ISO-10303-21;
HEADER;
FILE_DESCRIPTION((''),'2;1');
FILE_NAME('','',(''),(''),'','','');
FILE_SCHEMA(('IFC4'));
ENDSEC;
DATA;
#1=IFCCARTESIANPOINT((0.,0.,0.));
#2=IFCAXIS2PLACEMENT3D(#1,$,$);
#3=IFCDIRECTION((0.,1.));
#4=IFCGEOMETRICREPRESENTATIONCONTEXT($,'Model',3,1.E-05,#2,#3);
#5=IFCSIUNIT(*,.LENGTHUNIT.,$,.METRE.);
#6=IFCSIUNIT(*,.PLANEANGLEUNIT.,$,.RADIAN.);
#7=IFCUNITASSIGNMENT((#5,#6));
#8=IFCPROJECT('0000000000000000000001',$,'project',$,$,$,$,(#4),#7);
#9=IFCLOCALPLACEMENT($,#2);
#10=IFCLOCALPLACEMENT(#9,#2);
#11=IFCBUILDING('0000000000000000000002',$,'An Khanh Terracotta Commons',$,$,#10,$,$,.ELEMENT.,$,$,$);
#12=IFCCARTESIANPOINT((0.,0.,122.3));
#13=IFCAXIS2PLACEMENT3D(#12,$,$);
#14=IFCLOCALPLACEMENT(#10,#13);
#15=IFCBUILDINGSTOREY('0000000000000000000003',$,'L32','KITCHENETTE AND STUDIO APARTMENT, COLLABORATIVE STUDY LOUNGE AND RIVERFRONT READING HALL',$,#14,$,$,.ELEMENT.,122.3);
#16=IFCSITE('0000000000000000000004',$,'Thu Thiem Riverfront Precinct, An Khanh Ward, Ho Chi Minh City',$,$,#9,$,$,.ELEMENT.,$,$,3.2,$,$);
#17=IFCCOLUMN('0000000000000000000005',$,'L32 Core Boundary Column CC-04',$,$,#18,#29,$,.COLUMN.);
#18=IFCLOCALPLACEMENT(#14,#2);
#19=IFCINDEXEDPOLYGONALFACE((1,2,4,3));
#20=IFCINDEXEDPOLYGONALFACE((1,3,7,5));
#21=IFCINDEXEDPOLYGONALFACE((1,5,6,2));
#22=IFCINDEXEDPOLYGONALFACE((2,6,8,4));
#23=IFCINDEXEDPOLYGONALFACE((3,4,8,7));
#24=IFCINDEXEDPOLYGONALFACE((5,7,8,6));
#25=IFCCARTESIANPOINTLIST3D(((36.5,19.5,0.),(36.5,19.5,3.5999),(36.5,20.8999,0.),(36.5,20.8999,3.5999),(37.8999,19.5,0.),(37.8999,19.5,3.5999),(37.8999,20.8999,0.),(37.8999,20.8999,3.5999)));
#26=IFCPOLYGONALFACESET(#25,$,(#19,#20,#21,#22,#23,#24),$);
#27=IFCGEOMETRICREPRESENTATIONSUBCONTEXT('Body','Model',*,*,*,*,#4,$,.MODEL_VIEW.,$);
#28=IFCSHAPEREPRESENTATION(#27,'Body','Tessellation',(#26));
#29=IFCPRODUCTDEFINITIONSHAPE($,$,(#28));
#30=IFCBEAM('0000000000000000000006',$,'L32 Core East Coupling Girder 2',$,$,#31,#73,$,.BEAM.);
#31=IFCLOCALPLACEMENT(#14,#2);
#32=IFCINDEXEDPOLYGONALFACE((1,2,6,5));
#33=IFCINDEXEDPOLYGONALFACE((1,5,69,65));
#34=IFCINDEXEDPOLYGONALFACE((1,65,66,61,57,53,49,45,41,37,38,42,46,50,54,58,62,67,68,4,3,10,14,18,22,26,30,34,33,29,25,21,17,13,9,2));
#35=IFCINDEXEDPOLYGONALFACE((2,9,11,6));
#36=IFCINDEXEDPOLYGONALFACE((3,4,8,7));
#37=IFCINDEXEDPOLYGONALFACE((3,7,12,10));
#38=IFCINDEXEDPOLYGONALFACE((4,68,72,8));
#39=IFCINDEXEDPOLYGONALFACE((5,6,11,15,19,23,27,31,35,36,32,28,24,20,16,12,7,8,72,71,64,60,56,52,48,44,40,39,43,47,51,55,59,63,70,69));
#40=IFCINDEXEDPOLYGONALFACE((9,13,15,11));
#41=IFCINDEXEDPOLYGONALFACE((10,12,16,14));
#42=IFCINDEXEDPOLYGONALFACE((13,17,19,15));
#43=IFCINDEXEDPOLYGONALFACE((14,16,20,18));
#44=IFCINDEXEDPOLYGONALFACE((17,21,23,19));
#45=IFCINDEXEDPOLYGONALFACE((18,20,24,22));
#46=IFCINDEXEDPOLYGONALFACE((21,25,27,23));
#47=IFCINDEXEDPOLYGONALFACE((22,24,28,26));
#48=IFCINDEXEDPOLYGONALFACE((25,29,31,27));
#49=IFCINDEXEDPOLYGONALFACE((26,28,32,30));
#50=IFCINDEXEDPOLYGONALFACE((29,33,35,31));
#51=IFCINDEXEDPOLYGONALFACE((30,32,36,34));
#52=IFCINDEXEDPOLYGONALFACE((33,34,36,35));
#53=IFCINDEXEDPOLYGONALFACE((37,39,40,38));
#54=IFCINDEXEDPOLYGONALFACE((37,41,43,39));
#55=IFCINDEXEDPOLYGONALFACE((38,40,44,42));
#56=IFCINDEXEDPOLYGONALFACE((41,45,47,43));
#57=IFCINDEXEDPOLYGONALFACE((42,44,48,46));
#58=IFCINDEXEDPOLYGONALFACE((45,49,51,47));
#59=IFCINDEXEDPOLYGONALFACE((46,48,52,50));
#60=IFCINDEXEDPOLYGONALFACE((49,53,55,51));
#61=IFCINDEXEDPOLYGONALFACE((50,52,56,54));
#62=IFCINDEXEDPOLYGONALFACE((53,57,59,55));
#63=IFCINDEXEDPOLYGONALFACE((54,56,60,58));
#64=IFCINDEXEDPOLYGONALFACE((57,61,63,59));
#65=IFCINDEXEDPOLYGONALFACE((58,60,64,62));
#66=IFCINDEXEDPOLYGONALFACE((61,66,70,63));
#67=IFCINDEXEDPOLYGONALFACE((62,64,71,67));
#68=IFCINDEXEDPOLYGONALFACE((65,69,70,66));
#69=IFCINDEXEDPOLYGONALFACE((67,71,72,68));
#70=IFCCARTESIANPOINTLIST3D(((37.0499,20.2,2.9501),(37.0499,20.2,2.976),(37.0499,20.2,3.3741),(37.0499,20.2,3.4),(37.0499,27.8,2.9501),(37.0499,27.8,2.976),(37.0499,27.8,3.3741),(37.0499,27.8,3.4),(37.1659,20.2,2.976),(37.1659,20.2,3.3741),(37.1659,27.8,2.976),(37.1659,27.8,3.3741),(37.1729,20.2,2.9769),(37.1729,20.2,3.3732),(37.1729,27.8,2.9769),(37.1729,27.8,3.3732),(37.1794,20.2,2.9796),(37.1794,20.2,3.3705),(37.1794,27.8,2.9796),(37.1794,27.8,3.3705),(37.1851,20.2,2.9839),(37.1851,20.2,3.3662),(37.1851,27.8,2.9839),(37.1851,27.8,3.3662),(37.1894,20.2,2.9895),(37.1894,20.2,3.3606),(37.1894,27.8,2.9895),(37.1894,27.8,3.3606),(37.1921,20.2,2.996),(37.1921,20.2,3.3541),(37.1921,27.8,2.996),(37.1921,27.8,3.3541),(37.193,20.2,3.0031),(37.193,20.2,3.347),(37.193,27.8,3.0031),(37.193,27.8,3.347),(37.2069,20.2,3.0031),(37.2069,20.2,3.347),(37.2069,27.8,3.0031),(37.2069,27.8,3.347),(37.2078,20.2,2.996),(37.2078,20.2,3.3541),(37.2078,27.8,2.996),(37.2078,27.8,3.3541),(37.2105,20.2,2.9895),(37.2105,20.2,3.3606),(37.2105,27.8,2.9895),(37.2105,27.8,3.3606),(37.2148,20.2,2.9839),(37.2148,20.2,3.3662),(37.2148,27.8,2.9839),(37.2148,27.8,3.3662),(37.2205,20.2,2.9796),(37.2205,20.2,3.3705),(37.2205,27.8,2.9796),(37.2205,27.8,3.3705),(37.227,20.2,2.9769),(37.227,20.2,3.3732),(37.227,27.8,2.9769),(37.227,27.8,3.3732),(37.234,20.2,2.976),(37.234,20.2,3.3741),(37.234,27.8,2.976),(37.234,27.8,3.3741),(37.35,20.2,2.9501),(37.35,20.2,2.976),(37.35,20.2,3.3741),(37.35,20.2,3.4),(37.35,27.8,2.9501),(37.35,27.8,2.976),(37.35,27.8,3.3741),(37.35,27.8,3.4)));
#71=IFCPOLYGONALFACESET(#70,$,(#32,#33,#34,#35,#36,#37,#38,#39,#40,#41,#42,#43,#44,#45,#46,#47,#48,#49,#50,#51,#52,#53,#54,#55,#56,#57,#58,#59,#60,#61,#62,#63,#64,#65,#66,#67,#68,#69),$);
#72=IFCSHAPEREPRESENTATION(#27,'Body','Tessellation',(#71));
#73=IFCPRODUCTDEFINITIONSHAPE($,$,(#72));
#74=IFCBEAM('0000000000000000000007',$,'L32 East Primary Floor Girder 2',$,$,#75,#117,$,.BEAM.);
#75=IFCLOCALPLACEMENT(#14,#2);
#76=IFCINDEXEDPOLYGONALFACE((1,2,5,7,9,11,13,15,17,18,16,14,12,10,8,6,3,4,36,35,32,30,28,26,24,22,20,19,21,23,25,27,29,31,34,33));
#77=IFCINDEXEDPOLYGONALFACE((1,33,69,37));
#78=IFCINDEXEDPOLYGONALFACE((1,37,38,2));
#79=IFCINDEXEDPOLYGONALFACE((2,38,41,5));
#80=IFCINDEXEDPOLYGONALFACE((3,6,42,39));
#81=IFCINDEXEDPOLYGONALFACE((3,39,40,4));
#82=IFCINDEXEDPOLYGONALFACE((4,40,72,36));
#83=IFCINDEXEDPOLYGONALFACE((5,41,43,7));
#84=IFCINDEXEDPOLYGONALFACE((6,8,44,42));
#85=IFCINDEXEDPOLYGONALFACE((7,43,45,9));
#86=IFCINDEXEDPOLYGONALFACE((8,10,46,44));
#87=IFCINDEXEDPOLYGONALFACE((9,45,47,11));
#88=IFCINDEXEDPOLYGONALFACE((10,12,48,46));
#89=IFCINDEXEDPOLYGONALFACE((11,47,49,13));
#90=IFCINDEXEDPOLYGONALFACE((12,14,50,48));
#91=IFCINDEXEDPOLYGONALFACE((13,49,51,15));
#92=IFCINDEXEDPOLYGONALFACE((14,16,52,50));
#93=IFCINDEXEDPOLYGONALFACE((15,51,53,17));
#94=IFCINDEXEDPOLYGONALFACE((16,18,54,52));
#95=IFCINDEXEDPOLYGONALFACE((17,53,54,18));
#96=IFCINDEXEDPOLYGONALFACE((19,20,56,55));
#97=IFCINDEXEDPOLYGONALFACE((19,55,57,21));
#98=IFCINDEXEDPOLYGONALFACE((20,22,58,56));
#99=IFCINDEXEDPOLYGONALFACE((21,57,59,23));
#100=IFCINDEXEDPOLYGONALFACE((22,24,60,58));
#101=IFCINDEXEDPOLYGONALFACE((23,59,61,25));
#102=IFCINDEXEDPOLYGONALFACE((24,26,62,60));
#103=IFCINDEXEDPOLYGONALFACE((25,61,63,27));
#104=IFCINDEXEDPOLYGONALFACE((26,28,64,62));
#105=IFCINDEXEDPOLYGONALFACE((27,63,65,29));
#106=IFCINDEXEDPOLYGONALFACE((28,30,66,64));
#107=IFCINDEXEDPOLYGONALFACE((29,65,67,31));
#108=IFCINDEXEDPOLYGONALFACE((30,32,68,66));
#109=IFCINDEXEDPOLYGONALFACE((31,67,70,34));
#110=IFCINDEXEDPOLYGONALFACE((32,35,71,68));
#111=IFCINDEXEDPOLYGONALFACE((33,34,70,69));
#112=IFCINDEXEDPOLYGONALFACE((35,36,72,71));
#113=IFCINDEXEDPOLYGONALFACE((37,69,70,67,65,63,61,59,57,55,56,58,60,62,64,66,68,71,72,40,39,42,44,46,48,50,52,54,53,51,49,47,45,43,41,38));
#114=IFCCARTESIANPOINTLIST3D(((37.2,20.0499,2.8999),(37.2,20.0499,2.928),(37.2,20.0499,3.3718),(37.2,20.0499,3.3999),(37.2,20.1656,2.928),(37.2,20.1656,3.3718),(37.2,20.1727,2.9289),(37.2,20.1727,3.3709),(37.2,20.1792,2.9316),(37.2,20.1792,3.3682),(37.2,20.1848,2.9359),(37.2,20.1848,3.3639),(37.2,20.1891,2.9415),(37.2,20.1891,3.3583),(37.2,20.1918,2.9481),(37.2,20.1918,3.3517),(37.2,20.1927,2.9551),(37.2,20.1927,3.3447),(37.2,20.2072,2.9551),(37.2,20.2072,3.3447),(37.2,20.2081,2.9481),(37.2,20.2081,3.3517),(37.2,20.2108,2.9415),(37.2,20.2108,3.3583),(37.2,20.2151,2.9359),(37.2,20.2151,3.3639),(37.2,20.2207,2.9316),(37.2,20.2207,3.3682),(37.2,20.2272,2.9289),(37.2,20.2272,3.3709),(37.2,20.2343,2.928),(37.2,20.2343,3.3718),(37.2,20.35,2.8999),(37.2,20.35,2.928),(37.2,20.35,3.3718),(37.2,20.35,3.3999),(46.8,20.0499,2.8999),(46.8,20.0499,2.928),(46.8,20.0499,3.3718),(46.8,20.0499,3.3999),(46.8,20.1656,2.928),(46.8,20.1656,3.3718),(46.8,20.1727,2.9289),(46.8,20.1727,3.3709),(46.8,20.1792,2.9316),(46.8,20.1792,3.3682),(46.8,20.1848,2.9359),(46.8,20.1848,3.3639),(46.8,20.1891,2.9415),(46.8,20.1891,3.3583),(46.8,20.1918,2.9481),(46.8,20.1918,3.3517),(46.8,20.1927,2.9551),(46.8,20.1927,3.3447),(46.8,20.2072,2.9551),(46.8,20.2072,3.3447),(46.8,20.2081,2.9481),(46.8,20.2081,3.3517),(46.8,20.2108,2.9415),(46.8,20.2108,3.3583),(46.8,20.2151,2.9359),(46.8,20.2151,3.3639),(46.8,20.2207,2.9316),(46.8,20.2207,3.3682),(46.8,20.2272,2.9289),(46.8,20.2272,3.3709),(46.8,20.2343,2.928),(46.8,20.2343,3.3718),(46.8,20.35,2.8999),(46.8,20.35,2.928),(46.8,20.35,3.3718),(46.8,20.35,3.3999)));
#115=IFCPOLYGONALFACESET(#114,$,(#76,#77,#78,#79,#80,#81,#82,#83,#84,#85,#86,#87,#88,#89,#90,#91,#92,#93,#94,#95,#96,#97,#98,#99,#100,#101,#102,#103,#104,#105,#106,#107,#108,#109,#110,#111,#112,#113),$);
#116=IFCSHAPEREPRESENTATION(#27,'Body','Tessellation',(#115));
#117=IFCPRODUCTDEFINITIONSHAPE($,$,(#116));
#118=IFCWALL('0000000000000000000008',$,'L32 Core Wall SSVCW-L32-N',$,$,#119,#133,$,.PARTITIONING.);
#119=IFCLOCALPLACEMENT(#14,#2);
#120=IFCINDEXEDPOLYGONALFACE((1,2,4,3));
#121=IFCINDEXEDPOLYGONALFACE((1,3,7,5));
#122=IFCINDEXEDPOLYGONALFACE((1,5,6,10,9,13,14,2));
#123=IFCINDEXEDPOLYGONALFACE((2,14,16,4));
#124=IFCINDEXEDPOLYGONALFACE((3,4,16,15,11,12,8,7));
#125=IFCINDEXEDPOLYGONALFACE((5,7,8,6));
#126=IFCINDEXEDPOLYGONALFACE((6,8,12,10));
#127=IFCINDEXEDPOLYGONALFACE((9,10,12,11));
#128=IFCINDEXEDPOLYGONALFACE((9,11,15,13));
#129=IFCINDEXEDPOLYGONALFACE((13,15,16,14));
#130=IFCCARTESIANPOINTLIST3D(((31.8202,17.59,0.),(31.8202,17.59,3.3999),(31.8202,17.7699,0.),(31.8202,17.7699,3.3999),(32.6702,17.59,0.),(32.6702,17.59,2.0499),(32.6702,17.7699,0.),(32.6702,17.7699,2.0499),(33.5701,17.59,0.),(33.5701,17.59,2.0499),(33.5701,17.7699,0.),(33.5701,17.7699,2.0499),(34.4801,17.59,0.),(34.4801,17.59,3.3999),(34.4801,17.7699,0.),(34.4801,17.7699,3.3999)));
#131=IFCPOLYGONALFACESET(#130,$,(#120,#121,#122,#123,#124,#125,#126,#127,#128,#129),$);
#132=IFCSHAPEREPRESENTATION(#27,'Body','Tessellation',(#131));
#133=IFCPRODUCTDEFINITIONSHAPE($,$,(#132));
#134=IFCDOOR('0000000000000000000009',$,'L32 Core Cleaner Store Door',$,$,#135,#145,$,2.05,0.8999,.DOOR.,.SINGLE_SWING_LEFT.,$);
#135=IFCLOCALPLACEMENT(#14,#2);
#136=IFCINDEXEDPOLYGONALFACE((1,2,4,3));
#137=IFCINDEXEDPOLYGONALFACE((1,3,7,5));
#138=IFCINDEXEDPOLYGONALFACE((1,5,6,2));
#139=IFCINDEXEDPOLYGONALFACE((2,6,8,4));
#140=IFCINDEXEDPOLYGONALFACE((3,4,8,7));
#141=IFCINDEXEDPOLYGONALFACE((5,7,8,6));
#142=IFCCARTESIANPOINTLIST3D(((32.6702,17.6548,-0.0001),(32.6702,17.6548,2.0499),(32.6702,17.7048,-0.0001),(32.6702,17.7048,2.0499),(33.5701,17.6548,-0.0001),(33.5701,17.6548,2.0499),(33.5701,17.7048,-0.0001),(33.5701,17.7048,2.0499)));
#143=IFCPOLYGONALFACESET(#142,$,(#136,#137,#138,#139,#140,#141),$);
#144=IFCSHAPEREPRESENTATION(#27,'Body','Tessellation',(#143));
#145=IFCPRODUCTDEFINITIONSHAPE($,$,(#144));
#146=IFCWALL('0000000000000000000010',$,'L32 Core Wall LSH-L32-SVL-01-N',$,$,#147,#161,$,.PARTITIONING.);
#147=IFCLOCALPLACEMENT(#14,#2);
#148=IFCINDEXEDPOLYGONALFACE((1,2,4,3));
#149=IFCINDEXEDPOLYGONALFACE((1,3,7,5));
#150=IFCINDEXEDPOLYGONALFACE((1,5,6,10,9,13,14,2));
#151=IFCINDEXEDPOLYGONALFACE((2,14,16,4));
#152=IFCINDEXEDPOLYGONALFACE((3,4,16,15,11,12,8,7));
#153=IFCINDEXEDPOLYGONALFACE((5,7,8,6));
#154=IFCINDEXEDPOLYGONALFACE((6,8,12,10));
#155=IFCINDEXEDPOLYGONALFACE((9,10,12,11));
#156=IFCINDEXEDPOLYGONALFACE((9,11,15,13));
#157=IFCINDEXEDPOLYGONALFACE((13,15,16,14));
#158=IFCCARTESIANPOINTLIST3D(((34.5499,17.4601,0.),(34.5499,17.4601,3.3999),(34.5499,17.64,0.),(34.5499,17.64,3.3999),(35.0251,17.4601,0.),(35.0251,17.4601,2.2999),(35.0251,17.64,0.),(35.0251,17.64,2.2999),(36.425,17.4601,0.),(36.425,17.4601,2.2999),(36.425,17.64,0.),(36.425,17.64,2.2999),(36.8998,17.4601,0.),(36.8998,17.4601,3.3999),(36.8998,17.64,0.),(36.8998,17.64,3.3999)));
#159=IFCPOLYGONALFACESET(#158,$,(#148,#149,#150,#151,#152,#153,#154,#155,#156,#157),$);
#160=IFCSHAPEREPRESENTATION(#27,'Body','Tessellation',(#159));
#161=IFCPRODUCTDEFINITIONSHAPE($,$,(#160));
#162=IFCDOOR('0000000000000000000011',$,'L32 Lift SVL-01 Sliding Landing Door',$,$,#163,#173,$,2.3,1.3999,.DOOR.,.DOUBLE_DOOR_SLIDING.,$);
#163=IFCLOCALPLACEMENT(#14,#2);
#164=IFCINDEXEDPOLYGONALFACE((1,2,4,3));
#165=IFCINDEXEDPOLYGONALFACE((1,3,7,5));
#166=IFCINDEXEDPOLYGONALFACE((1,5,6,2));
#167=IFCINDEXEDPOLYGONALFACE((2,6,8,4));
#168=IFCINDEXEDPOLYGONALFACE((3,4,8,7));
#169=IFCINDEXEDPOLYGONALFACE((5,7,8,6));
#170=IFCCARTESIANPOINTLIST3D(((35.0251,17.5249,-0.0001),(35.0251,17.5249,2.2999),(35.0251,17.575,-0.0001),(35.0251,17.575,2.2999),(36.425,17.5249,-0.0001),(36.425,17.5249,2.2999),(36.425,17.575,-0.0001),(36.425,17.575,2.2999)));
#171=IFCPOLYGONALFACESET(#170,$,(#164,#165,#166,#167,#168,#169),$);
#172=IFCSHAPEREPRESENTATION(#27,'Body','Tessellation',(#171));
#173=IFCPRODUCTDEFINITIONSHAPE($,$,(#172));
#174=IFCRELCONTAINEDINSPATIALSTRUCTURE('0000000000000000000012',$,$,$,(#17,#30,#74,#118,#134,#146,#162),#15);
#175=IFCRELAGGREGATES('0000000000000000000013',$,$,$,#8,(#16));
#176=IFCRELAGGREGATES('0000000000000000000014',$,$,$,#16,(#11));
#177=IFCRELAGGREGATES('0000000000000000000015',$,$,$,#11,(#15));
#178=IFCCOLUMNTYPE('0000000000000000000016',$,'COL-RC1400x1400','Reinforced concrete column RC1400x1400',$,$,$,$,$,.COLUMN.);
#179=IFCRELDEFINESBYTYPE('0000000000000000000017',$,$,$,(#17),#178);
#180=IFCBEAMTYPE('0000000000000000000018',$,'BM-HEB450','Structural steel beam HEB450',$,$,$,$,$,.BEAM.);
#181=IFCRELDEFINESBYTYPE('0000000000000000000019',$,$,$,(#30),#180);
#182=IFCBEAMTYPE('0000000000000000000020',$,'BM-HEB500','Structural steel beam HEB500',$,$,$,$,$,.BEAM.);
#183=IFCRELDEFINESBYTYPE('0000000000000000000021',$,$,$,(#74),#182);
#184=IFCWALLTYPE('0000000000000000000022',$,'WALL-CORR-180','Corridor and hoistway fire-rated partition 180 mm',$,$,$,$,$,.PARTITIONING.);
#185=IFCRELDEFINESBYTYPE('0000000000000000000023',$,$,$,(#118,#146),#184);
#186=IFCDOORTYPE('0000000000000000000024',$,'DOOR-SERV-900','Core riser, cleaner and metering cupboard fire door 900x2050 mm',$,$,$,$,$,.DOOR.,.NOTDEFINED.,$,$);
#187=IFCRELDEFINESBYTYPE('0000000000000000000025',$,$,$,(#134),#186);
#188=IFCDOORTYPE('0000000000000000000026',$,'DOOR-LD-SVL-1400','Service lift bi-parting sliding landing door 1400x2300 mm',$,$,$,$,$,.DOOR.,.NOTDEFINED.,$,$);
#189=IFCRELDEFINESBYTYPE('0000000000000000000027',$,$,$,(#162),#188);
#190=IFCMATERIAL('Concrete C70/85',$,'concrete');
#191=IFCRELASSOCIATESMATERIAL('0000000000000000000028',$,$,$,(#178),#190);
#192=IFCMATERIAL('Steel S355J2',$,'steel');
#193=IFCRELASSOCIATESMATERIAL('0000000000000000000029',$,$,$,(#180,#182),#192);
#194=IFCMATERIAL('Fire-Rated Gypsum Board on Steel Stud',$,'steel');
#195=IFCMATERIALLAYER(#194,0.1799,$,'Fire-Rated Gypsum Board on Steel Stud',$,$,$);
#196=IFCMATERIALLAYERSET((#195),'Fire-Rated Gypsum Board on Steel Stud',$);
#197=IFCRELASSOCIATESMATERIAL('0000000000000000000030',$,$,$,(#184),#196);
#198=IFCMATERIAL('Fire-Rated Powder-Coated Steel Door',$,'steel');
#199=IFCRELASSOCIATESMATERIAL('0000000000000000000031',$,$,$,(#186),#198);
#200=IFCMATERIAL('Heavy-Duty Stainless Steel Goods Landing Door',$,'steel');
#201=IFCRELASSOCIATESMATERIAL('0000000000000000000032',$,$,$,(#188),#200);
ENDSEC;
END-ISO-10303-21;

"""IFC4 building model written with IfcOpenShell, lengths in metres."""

from ifc_helpers import new_model, si_unit, direction, frame, frame_2d, origin, origin_2d, place, context, subcontext, project, spatial, rectangle, i_section, extrude, material, layer, layer_set, material_profile, profile_set, type_object, element, fill, save


model = new_model("IFC4")

# Units and contexts
model_context = context("Model", 3, precision=1e-05, world=origin(), true_north=direction((0.0, 1.0)))
body_context = subcontext(model_context, "Body", "Model", "MODEL_VIEW")
ifc_project = project(units=[si_unit("LENGTHUNIT", "METRE"), si_unit("PLANEANGLEUNIT", "RADIAN")], contexts=[model_context])

# Site, building, storey
site_placement = place(None, origin())
site = spatial("IfcSite", under=ifc_project, at=site_placement, Name="Thu Thiem Riverfront Precinct, An Khanh Ward, Ho Chi Minh City", CompositionType="ELEMENT", RefElevation=3.2)
building_placement = place(site_placement, origin())
building = spatial("IfcBuilding", under=site, at=building_placement, Name="An Khanh Terracotta Commons", CompositionType="ELEMENT")
storey_placement = place(building_placement, frame((0.0, 0.0, 122.3)))
storey = spatial("IfcBuildingStorey", under=building, at=storey_placement, Name="L32", Description="KITCHENETTE AND STUDIO APARTMENT, COLLABORATIVE STUDY LOUNGE AND RIVERFRONT READING HALL", CompositionType="ELEMENT", Elevation=122.3)

# Column
ifc_material_1 = material(Name="Concrete C70/85", Category="concrete")
ifc_material_profile_1 = material_profile(ifc_material_1, rectangle(XDim=1.3999, YDim=1.3999, at=origin_2d()), Name="RC1400x1400")
ifc_profile_set_1 = profile_set([ifc_material_profile_1], Name="Concrete C70/85")
column_type = type_object("IfcColumnType", Name="COL-RC1400x1400", Description="Reinforced concrete column RC1400x1400", PredefinedType="COLUMN", material=ifc_profile_set_1)
column_placement = place(storey_placement, frame((37.2, 20.2, 0.0), z_axis=(0.0, 0.0, 1.0), x_axis=(1.0, 0.0, 0.0)))
element("IfcColumn", 1, at=column_placement, inside=storey, type_object=column_type, Name="L32 Core Boundary Column CC-04", PredefinedType="COLUMN", context=body_context, shape_type="SweptSolid", body=[
    extrude(rectangle(XDim=1.3999, YDim=1.3999, at=origin_2d()), origin(), (0.0, 0.0, 1.0), 3.5999),
])

# Beams
ifc_material_2 = material(Name="Steel S355J2", Category="steel")
ifc_material_profile_2 = material_profile(ifc_material_2, i_section(OverallWidth=0.3, OverallDepth=0.45, WebThickness=0.0139, FlangeThickness=0.0259, FilletRadius=0.0271, at=origin_2d()), Name="HEB450")
ifc_profile_set_2 = profile_set([ifc_material_profile_2], Name="Steel S355J2")
beam_type_1 = type_object("IfcBeamType", Name="BM-HEB450", Description="Structural steel beam HEB450", PredefinedType="BEAM", material=ifc_profile_set_2)
beam_1_placement = place(storey_placement, frame((37.2, 20.2, 3.175), z_axis=(0.0, 1.0, 0.0), x_axis=(-1.0, 0.0, 0.0)))
element("IfcBeam", 2, at=beam_1_placement, inside=storey, type_object=beam_type_1, Name="L32 Core East Coupling Girder 2", PredefinedType="BEAM", context=body_context, shape_type="SweptSolid", body=[
    extrude(i_section(OverallWidth=0.3, OverallDepth=0.45, WebThickness=0.0139, FlangeThickness=0.0259, FilletRadius=0.0271, at=origin_2d()), origin(), (0.0, 0.0, 1.0), 7.6001),
])
ifc_material_profile_3 = material_profile(ifc_material_2, i_section(OverallWidth=0.3, OverallDepth=0.5, WebThickness=0.0144, FlangeThickness=0.0281, FilletRadius=0.0271, at=origin_2d()), Name="HEB500")
ifc_profile_set_3 = profile_set([ifc_material_profile_3], Name="Steel S355J2")
beam_type_2 = type_object("IfcBeamType", Name="BM-HEB500", Description="Structural steel beam HEB500", PredefinedType="BEAM", material=ifc_profile_set_3)
beam_2_placement = place(storey_placement, frame((37.2, 20.2, 3.1499), z_axis=(1.0, 0.0, 0.0), x_axis=(0.0, 1.0, 0.0)))
element("IfcBeam", 3, at=beam_2_placement, inside=storey, type_object=beam_type_2, Name="L32 East Primary Floor Girder 2", PredefinedType="BEAM", context=body_context, shape_type="SweptSolid", body=[
    extrude(i_section(OverallWidth=0.3, OverallDepth=0.5, WebThickness=0.0144, FlangeThickness=0.0281, FilletRadius=0.0271, at=origin_2d()), origin(), (0.0, 0.0, 1.0), 9.6001),
])

# Walls, openings, doors
ifc_material_3 = material(Name="Fire-Rated Gypsum Board on Steel Stud", Category="steel")
ifc_layer = layer(ifc_material_3, 0.1799, Name="Fire-Rated Gypsum Board on Steel Stud")
ifc_layer_set = layer_set([ifc_layer], Name="Fire-Rated Gypsum Board on Steel Stud")
wall_type = type_object("IfcWallType", Name="WALL-CORR-180", Description="Corridor and hoistway fire-rated partition 180 mm", PredefinedType="PARTITIONING", material=ifc_layer_set)
wall_1_placement = place(storey_placement, frame((31.8201, 17.6799, 0.0), z_axis=(0.0, 0.0, 1.0), x_axis=(1.0, 0.0, 0.0)))
wall_1 = element("IfcWall", 4, at=wall_1_placement, inside=storey, type_object=wall_type, Name="L32 Core Wall SSVCW-L32-N", PredefinedType="PARTITIONING", context=body_context, shape_type="SweptSolid", body=[
    extrude(rectangle(XDim=2.6599, YDim=0.1799, at=frame_2d((1.3301, 0.0))), origin(), (0.0, 0.0, 1.0), 3.3999),
])
opening_1_placement = place(wall_1_placement, frame((0.8501, 0.0, 0.0)))
opening_1 = element("IfcOpeningElement", 5, at=opening_1_placement, cuts=wall_1, PredefinedType="OPENING", context=body_context, shape_type="SweptSolid", body=[
    extrude(rectangle(XDim=0.8999, YDim=2.05, at=frame_2d((0.45, 1.0249))), frame((0.0, 0.0999, 0.0), z_axis=(0.0, -1.0, 0.0), x_axis=(1.0, 0.0, 0.0)), (0.0, 0.0, 1.0), 0.2),
])
ifc_material_4 = material(Name="Fire-Rated Powder-Coated Steel Door", Category="steel")
door_type_1 = type_object("IfcDoorType", Name="DOOR-SERV-900", Description="Core riser, cleaner and metering cupboard fire door 900x2050 mm", OperationType="NOTDEFINED", PredefinedType="DOOR", material=ifc_material_4)
door_1_placement = place(opening_1_placement, origin())
door_1 = element("IfcDoor", 6, at=door_1_placement, inside=storey, type_object=door_type_1, Name="L32 Core Cleaner Store Door", OperationType="SINGLE_SWING_LEFT", OverallHeight=2.05, OverallWidth=0.8999, PredefinedType="DOOR", context=body_context, shape_type="SweptSolid", body=[
    extrude(rectangle(XDim=0.8999, YDim=2.05, at=frame_2d((0.45, 1.0249))), frame((0.0, 0.0249, 0.0), z_axis=(0.0, -1.0, 0.0), x_axis=(1.0, 0.0, 0.0)), (0.0, 0.0, 1.0), 0.05),
])
fill(opening_1, door_1)
wall_2_placement = place(storey_placement, frame((34.55, 17.55, 0.0), z_axis=(0.0, 0.0, 1.0), x_axis=(1.0, 0.0, 0.0)))
wall_2 = element("IfcWall", 7, at=wall_2_placement, inside=storey, type_object=wall_type, Name="L32 Core Wall LSH-L32-SVL-01-N", PredefinedType="PARTITIONING", context=body_context, shape_type="SweptSolid", body=[
    extrude(rectangle(XDim=2.3499, YDim=0.1799, at=frame_2d((1.1748, 0.0))), origin(), (0.0, 0.0, 1.0), 3.3999),
])
opening_2_placement = place(wall_2_placement, frame((0.4751, 0.0, 0.0)))
opening_2 = element("IfcOpeningElement", 8, at=opening_2_placement, cuts=wall_2, PredefinedType="OPENING", context=body_context, shape_type="SweptSolid", body=[
    extrude(rectangle(XDim=1.3999, YDim=2.3, at=frame_2d((0.7, 1.1499))), frame((0.0, 0.0999, 0.0), z_axis=(0.0, -1.0, 0.0), x_axis=(1.0, 0.0, 0.0)), (0.0, 0.0, 1.0), 0.2),
])
ifc_material_5 = material(Name="Heavy-Duty Stainless Steel Goods Landing Door", Category="steel")
door_type_2 = type_object("IfcDoorType", Name="DOOR-LD-SVL-1400", Description="Service lift bi-parting sliding landing door 1400x2300 mm", OperationType="NOTDEFINED", PredefinedType="DOOR", material=ifc_material_5)
door_2_placement = place(opening_2_placement, origin())
door_2 = element("IfcDoor", 9, at=door_2_placement, inside=storey, type_object=door_type_2, Name="L32 Lift SVL-01 Sliding Landing Door", OperationType="DOUBLE_DOOR_SLIDING", OverallHeight=2.3, OverallWidth=1.3999, PredefinedType="DOOR", context=body_context, shape_type="SweptSolid", body=[
    extrude(rectangle(XDim=1.3999, YDim=2.3, at=frame_2d((0.7, 1.1499))), frame((0.0, 0.0249, 0.0), z_axis=(0.0, -1.0, 0.0), x_axis=(1.0, 0.0, 0.0)), (0.0, 0.0, 1.0), 0.05),
])
fill(opening_2, door_2)

save(model, "model.ifc")
